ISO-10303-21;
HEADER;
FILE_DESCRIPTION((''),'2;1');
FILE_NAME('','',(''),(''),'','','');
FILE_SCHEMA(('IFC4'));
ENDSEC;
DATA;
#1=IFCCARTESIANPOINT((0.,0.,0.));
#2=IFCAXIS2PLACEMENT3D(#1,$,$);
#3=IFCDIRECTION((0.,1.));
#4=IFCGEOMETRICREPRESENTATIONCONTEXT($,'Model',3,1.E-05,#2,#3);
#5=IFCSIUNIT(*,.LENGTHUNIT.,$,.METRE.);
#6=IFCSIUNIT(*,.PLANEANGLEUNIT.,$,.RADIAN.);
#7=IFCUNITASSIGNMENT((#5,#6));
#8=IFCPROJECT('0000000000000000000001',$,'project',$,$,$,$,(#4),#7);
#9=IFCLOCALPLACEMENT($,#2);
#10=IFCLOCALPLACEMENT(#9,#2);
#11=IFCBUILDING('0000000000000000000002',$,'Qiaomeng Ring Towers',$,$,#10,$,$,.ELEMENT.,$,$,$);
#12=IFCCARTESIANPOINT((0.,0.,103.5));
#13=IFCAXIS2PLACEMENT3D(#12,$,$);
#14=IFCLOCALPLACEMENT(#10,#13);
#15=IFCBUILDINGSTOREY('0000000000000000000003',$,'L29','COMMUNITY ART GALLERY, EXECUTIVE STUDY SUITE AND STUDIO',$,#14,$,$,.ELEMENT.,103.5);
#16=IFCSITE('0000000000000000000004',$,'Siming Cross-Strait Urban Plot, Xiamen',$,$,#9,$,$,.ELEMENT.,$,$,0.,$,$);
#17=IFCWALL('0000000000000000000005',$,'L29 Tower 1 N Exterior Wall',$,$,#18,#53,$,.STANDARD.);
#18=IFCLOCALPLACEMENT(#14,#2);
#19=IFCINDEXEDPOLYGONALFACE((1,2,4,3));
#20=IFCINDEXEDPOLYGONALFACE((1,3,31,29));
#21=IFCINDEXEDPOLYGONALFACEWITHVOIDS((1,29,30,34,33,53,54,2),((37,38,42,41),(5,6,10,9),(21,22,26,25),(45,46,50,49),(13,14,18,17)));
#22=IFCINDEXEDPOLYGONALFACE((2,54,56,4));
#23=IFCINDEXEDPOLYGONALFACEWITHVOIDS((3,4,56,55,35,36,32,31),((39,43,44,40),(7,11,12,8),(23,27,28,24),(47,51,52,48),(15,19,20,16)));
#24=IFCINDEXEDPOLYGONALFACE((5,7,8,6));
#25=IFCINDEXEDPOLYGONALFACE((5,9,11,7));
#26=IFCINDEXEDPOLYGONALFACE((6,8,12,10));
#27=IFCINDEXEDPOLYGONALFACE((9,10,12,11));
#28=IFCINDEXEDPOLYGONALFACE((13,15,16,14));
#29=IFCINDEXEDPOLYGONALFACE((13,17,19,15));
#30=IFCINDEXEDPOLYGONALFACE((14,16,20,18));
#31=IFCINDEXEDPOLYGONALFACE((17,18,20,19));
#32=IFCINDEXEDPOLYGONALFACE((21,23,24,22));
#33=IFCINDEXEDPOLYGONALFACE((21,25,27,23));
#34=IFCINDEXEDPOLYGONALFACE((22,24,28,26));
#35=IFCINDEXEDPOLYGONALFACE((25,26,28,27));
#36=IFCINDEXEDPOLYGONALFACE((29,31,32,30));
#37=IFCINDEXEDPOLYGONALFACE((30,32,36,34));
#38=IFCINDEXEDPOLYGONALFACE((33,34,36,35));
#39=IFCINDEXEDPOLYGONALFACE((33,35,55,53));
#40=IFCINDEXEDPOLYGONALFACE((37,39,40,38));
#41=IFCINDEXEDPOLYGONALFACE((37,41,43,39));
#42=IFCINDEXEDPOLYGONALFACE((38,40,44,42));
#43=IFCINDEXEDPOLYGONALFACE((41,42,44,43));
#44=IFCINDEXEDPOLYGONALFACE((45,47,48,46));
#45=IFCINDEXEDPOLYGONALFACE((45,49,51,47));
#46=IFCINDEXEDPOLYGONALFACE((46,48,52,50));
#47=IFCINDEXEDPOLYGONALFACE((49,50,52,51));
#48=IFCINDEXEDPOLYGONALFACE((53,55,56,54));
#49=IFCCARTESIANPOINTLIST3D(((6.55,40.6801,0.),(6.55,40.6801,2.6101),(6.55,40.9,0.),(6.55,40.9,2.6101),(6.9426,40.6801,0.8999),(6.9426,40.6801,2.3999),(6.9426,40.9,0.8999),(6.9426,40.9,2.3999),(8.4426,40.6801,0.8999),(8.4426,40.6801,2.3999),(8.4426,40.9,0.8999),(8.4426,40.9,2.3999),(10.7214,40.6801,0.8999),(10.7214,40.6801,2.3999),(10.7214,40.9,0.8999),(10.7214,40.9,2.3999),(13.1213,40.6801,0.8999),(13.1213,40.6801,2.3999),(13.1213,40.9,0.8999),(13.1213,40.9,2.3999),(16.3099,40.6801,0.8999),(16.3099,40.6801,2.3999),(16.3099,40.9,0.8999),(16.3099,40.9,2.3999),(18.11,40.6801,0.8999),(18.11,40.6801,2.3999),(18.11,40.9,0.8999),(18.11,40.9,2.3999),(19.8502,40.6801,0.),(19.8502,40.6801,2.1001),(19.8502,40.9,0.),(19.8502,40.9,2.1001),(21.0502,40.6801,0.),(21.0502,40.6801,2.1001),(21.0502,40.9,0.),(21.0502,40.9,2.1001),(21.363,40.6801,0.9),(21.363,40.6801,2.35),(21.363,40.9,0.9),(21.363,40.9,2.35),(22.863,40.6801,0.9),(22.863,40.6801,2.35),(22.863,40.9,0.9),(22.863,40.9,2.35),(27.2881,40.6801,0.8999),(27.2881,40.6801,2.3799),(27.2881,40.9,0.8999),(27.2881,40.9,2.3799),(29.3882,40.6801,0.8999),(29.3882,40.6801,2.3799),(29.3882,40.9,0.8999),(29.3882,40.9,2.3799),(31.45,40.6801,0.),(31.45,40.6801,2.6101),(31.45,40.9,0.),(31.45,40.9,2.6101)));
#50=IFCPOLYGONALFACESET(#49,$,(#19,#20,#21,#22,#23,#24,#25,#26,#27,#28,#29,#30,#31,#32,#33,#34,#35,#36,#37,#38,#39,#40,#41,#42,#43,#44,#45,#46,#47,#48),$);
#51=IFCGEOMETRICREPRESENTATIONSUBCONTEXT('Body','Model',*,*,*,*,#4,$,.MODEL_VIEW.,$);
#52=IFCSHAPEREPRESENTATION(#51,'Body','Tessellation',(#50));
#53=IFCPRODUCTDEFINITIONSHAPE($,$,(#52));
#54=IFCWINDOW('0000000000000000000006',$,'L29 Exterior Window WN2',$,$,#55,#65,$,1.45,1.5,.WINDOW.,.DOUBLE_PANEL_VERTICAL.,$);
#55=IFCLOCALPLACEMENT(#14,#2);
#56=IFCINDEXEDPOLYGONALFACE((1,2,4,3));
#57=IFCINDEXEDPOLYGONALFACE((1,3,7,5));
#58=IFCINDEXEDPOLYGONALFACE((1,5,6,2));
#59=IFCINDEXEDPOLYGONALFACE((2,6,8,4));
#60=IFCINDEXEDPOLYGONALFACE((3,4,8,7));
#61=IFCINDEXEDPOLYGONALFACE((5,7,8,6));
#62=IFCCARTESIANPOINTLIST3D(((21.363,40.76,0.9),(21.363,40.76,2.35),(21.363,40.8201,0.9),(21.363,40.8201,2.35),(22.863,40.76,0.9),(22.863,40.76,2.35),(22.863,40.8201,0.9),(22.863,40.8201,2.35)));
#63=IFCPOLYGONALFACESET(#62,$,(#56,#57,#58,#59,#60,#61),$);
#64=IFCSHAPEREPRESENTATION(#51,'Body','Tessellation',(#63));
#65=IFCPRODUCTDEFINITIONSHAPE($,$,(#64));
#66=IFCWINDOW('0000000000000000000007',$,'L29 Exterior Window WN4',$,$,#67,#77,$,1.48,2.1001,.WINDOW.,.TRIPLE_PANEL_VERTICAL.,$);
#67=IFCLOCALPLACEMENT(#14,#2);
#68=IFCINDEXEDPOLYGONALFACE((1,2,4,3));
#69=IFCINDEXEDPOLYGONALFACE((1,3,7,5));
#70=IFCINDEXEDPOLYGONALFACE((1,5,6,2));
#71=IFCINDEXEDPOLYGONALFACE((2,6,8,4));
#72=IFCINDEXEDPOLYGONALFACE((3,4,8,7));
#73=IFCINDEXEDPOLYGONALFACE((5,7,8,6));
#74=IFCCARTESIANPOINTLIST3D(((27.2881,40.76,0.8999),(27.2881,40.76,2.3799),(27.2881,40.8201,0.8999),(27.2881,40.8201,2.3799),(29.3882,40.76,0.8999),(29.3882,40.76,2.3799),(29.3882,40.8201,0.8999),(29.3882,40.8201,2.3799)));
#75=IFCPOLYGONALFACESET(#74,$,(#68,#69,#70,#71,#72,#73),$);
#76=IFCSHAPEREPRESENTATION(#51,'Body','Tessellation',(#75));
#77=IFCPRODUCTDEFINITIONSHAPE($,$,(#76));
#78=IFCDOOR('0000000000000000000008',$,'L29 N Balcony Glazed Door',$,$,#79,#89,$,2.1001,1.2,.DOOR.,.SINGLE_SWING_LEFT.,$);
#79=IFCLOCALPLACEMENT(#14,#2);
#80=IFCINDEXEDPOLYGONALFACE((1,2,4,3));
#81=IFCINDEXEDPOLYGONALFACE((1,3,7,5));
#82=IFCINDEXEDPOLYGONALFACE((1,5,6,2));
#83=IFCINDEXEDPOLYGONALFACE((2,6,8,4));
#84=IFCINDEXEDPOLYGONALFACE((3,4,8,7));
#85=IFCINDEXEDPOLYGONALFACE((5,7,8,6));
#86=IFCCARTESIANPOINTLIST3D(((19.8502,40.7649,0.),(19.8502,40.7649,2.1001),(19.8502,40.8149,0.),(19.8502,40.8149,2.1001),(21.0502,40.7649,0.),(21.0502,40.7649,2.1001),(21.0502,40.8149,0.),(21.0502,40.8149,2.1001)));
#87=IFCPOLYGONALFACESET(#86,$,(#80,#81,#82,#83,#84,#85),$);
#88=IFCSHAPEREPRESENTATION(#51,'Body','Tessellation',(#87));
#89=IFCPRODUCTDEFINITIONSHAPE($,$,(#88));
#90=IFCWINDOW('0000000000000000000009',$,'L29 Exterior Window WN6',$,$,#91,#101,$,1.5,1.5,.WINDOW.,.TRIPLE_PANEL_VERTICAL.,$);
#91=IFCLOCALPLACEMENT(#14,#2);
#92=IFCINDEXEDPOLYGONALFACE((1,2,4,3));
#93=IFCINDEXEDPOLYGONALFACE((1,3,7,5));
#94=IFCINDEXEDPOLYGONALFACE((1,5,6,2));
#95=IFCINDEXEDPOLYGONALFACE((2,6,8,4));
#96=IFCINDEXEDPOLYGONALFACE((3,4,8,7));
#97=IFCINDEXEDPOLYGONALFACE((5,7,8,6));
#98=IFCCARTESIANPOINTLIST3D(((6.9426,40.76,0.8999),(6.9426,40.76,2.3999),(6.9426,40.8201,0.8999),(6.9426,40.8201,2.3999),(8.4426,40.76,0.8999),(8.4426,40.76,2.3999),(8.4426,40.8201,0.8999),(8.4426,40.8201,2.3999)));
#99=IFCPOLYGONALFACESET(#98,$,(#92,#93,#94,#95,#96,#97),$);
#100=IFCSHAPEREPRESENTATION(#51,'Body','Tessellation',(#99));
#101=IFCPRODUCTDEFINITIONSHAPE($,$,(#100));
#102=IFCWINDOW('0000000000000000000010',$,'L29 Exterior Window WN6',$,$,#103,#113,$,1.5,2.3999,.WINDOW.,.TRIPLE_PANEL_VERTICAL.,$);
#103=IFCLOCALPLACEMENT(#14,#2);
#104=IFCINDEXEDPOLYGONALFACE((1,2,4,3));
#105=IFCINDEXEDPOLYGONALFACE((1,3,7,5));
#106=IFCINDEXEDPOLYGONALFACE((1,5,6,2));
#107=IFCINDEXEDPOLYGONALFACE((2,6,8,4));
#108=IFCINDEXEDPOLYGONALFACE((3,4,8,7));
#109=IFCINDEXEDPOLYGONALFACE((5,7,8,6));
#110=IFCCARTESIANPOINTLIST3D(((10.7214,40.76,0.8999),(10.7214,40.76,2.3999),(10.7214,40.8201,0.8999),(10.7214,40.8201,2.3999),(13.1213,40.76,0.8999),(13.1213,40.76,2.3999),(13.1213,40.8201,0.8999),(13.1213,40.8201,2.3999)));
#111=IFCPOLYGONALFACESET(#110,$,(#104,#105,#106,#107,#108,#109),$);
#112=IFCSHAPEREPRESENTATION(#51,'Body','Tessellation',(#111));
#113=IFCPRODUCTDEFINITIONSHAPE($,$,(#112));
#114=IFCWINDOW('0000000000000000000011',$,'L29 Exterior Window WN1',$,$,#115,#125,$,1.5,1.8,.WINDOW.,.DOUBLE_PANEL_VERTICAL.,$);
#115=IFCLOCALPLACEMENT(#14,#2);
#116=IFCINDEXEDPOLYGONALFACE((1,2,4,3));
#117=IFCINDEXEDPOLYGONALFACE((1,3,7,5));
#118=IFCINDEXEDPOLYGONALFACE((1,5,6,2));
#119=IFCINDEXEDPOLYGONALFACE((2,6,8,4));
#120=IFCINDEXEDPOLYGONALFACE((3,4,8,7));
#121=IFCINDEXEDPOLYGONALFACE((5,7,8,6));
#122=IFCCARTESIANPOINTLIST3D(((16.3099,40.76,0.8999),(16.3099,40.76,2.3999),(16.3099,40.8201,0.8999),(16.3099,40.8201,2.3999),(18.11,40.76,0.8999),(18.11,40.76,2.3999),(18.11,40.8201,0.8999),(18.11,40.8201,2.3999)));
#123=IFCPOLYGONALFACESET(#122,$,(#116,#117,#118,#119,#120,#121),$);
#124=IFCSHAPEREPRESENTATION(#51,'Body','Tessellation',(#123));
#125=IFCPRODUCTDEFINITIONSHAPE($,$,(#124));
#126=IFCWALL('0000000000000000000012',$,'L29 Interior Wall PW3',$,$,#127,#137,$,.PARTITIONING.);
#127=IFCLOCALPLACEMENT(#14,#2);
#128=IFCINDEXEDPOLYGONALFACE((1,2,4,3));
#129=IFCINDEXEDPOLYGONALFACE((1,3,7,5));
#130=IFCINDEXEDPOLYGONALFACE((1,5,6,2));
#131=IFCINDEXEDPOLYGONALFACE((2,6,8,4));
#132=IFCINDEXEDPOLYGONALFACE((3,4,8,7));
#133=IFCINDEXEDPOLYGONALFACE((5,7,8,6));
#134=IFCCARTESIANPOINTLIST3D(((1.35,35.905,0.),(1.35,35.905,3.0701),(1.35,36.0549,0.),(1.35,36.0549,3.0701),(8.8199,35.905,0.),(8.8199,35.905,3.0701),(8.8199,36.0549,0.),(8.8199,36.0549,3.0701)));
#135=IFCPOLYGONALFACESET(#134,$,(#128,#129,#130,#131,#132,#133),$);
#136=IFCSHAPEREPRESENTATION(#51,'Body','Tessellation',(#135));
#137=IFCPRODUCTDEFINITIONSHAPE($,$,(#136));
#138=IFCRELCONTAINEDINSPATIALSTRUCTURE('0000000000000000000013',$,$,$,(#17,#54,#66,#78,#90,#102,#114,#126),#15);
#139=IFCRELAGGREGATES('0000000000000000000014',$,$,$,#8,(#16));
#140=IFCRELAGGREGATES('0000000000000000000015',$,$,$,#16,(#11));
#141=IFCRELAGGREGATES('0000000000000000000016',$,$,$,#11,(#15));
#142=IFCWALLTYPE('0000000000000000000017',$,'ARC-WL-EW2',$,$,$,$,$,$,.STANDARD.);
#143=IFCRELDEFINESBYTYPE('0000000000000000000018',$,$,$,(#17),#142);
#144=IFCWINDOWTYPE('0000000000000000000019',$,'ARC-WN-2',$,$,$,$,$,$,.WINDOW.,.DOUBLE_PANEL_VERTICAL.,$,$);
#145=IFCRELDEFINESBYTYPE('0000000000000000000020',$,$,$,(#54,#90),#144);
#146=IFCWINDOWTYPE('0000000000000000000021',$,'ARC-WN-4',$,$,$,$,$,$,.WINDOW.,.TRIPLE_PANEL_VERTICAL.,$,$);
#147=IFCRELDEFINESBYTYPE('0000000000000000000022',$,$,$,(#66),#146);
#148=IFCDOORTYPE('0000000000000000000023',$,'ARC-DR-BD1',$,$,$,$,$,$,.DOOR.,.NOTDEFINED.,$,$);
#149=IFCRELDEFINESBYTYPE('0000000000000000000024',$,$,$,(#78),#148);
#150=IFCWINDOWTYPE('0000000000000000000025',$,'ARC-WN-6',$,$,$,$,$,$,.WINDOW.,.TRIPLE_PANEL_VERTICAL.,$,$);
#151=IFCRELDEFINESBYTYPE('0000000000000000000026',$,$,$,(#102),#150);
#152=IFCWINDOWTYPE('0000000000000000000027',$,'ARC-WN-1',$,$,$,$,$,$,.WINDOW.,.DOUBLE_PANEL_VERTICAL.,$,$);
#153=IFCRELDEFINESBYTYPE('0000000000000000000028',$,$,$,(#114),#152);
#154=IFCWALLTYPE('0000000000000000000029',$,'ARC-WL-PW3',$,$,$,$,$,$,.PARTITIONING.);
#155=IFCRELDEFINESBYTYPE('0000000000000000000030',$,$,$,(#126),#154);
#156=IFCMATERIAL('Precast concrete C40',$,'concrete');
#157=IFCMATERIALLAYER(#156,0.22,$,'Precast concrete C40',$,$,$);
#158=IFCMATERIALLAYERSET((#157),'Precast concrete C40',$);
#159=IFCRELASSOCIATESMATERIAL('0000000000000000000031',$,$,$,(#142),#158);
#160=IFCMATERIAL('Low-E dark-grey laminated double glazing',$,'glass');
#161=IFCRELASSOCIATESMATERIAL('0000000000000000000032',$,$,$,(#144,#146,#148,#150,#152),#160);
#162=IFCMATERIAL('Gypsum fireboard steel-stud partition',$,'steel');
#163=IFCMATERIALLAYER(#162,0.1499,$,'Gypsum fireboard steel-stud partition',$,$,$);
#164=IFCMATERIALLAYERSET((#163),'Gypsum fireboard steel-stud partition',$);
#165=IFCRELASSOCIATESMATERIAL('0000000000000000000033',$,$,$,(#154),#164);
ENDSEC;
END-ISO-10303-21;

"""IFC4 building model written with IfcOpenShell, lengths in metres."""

from ifc_helpers import new_model, si_unit, direction, frame, frame_2d, origin, place, context, subcontext, project, spatial, rectangle, extrude, source, transform, mapped, material, layer, layer_set, type_object, element, fill, save


model = new_model("IFC4")

# Units and contexts
model_context = context("Model", 3, precision=1e-05, world=origin(), true_north=direction((0.0, 1.0)))
body_context = subcontext(model_context, "Body", "Model", "MODEL_VIEW")
ifc_project = project(units=[si_unit("LENGTHUNIT", "METRE"), si_unit("PLANEANGLEUNIT", "RADIAN")], contexts=[model_context])

# Site, building, storey
site_placement = place(None, origin())
site = spatial("IfcSite", under=ifc_project, at=site_placement, Name="Siming Cross-Strait Urban Plot, Xiamen", CompositionType="ELEMENT", RefElevation=0.0)
building_placement = place(site_placement, origin())
building = spatial("IfcBuilding", under=site, at=building_placement, Name="Qiaomeng Ring Towers", CompositionType="ELEMENT")
storey_placement = place(building_placement, frame((0.0, 0.0, 103.5)))
storey = spatial("IfcBuildingStorey", under=building, at=storey_placement, Name="L29", Description="COMMUNITY ART GALLERY, EXECUTIVE STUDY SUITE AND STUDIO", CompositionType="ELEMENT", Elevation=103.5)

# Shared definitions
ifc_material_1 = material(Name="Low-E dark-grey laminated double glazing", Category="glass")

# Wall, openings, windows, door
ifc_material_2 = material(Name="Precast concrete C40", Category="concrete")
ifc_layer_1 = layer(ifc_material_2, 0.22, Name="Precast concrete C40")
ifc_layer_set_1 = layer_set([ifc_layer_1], Name="Precast concrete C40")
wall_type_1 = type_object("IfcWallType", Name="ARC-WL-EW2", PredefinedType="STANDARD", material=ifc_layer_set_1)
wall_1_placement = place(storey_placement, frame((6.55, 40.79, 0.0), z_axis=(0.0, 0.0, 1.0), x_axis=(1.0, 0.0, 0.0)))
wall_1 = element("IfcWall", 1, at=wall_1_placement, inside=storey, type_object=wall_type_1, Name="L29 Tower 1 N Exterior Wall", PredefinedType="STANDARD", context=body_context, shape_type="SweptSolid", body=[
    extrude(rectangle(XDim=24.8999, YDim=0.22, at=frame_2d((12.45, 0.0))), origin(), (0.0, 0.0, 1.0), 2.6101),
])
opening_1_placement = place(wall_1_placement, frame((13.3, 0.0, 0.0)))
opening_1 = element("IfcOpeningElement", 2, at=opening_1_placement, cuts=wall_1, PredefinedType="OPENING", context=body_context, shape_type="SweptSolid", body=[
    extrude(rectangle(XDim=1.2, YDim=2.1001, at=frame_2d((0.6001, 1.05))), frame((0.0, 0.1199, 0.0), z_axis=(0.0, -1.0, 0.0), x_axis=(1.0, 0.0, 0.0)), (0.0, 0.0, 1.0), 0.24),
])
opening_2_placement = place(wall_1_placement, frame((0.3926, 0.0, 0.8999)))
opening_2 = element("IfcOpeningElement", 3, at=opening_2_placement, cuts=wall_1, PredefinedType="OPENING", context=body_context, shape_type="SweptSolid", body=[
    extrude(rectangle(XDim=1.5, YDim=1.5, at=frame_2d((0.75, 0.75))), frame((0.0, 0.1199, 0.0), z_axis=(0.0, -1.0, 0.0), x_axis=(1.0, 0.0, 0.0)), (0.0, 0.0, 1.0), 0.24),
])
opening_3_placement = place(wall_1_placement, frame((9.76, 0.0, 0.8999)))
opening_3 = element("IfcOpeningElement", 4, at=opening_3_placement, cuts=wall_1, PredefinedType="OPENING", context=body_context, shape_type="SweptSolid", body=[
    extrude(rectangle(XDim=1.8, YDim=1.5, at=frame_2d((0.8999, 0.75))), frame((0.0, 0.1199, 0.0), z_axis=(0.0, -1.0, 0.0), x_axis=(1.0, 0.0, 0.0)), (0.0, 0.0, 1.0), 0.24),
])
opening_4_placement = place(wall_1_placement, frame((14.813, 0.0, 0.8999)))
opening_4 = element("IfcOpeningElement", 5, at=opening_4_placement, cuts=wall_1, PredefinedType="OPENING", context=body_context, shape_type="SweptSolid", body=[
    extrude(rectangle(XDim=1.5, YDim=1.45, at=frame_2d((0.75, 0.7251))), frame((0.0, 0.1199, 0.0), z_axis=(0.0, -1.0, 0.0), x_axis=(1.0, 0.0, 0.0)), (0.0, 0.0, 1.0), 0.24),
])
opening_5_placement = place(wall_1_placement, frame((20.738, 0.0, 0.8999)))
opening_5 = element("IfcOpeningElement", 6, at=opening_5_placement, cuts=wall_1, PredefinedType="OPENING", context=body_context, shape_type="SweptSolid", body=[
    extrude(rectangle(XDim=2.1001, YDim=1.48, at=frame_2d((1.05, 0.74))), frame((0.0, 0.1199, 0.0), z_axis=(0.0, -1.0, 0.0), x_axis=(1.0, 0.0, 0.0)), (0.0, 0.0, 1.0), 0.24),
])
opening_6_placement = place(wall_1_placement, frame((4.1714, 0.0, 0.8999)))
opening_6 = element("IfcOpeningElement", 7, at=opening_6_placement, cuts=wall_1, PredefinedType="OPENING", context=body_context, shape_type="SweptSolid", body=[
    extrude(rectangle(XDim=2.3999, YDim=1.5, at=frame_2d((1.2, 0.75))), frame((0.0, 0.1199, 0.0), z_axis=(0.0, -1.0, 0.0), x_axis=(1.0, 0.0, 0.0)), (0.0, 0.0, 1.0), 0.24),
])
window_type_1 = type_object("IfcWindowType", Name="ARC-WN-2", PartitioningType="DOUBLE_PANEL_VERTICAL", PredefinedType="WINDOW", material=ifc_material_1)
shared_shape_1 = source(origin(), body_context, "Body", "SweptSolid", [
    extrude(rectangle(XDim=1.5, YDim=1.45, at=frame_2d((0.75, 0.7251))), frame((0.0, 0.03, 0.0), z_axis=(0.0, -1.0, 0.0), x_axis=(1.0, 0.0, 0.0)), (0.0, 0.0, 1.0), 0.0601),
])
window_1_placement = place(opening_4_placement, origin())
window_1 = element("IfcWindow", 8, at=window_1_placement, inside=storey, type_object=window_type_1, Name="L29 Exterior Window WN2", OverallHeight=1.45, OverallWidth=1.5, PartitioningType="DOUBLE_PANEL_VERTICAL", PredefinedType="WINDOW", context=body_context, shape_type="MappedRepresentation", body=[
    mapped(shared_shape_1, transform((0.0, 0.0, 0.0), x_axis=(1.0, 0.0, 0.0), y_axis=(0.0, 1.0, 0.0), z_axis=(0.0, 0.0, 1.0), scale=1.0)),
])
fill(opening_4, window_1)
window_type_2 = type_object("IfcWindowType", Name="ARC-WN-4", PartitioningType="TRIPLE_PANEL_VERTICAL", PredefinedType="WINDOW", material=ifc_material_1)
shared_shape_2 = source(origin(), body_context, "Body", "SweptSolid", [
    extrude(rectangle(XDim=2.1001, YDim=1.48, at=frame_2d((1.05, 0.74))), frame((0.0, 0.03, 0.0), z_axis=(0.0, -1.0, 0.0), x_axis=(1.0, 0.0, 0.0)), (0.0, 0.0, 1.0), 0.0601),
])
window_2_placement = place(opening_5_placement, origin())
window_2 = element("IfcWindow", 9, at=window_2_placement, inside=storey, type_object=window_type_2, Name="L29 Exterior Window WN4", OverallHeight=1.48, OverallWidth=2.1001, PartitioningType="TRIPLE_PANEL_VERTICAL", PredefinedType="WINDOW", context=body_context, shape_type="MappedRepresentation", body=[
    mapped(shared_shape_2, transform((0.0, 0.0, 0.0), x_axis=(1.0, 0.0, 0.0), y_axis=(0.0, 1.0, 0.0), z_axis=(0.0, 0.0, 1.0), scale=1.0)),
])
fill(opening_5, window_2)
door_type = type_object("IfcDoorType", Name="ARC-DR-BD1", OperationType="NOTDEFINED", PredefinedType="DOOR", material=ifc_material_1)
shared_shape_3 = source(origin(), body_context, "Body", "SweptSolid", [
    extrude(rectangle(XDim=1.2, YDim=2.1001, at=frame_2d((0.6001, 1.05))), frame((0.0, 0.0249, 0.0), z_axis=(0.0, -1.0, 0.0), x_axis=(1.0, 0.0, 0.0)), (0.0, 0.0, 1.0), 0.05),
])
door_placement = place(opening_1_placement, origin())
door = element("IfcDoor", 10, at=door_placement, inside=storey, type_object=door_type, Name="L29 N Balcony Glazed Door", OperationType="SINGLE_SWING_LEFT", OverallHeight=2.1001, OverallWidth=1.2, PredefinedType="DOOR", context=body_context, shape_type="MappedRepresentation", body=[
    mapped(shared_shape_3, transform((0.0, 0.0, 0.0), x_axis=(1.0, 0.0, 0.0), y_axis=(0.0, 1.0, 0.0), z_axis=(0.0, 0.0, 1.0), scale=1.0)),
])
fill(opening_1, door)
shared_shape_4 = source(origin(), body_context, "Body", "SweptSolid", [
    extrude(rectangle(XDim=1.5, YDim=1.5, at=frame_2d((0.75, 0.75))), frame((0.0, 0.03, 0.0), z_axis=(0.0, -1.0, 0.0), x_axis=(1.0, 0.0, 0.0)), (0.0, 0.0, 1.0), 0.0601),
])
window_3_placement = place(opening_2_placement, origin())
window_3 = element("IfcWindow", 11, at=window_3_placement, inside=storey, type_object=window_type_1, Name="L29 Exterior Window WN6", OverallHeight=1.5, OverallWidth=1.5, PartitioningType="TRIPLE_PANEL_VERTICAL", PredefinedType="WINDOW", context=body_context, shape_type="MappedRepresentation", body=[
    mapped(shared_shape_4, transform((0.0, 0.0, 0.0), x_axis=(1.0, 0.0, 0.0), y_axis=(0.0, 1.0, 0.0), z_axis=(0.0, 0.0, 1.0), scale=1.0)),
])
fill(opening_2, window_3)
window_type_3 = type_object("IfcWindowType", Name="ARC-WN-6", PartitioningType="TRIPLE_PANEL_VERTICAL", PredefinedType="WINDOW", material=ifc_material_1)
shared_shape_5 = source(origin(), body_context, "Body", "SweptSolid", [
    extrude(rectangle(XDim=2.3999, YDim=1.5, at=frame_2d((1.2, 0.75))), frame((0.0, 0.03, 0.0), z_axis=(0.0, -1.0, 0.0), x_axis=(1.0, 0.0, 0.0)), (0.0, 0.0, 1.0), 0.0601),
])
window_4_placement = place(opening_6_placement, origin())
window_4 = element("IfcWindow", 12, at=window_4_placement, inside=storey, type_object=window_type_3, Name="L29 Exterior Window WN6", OverallHeight=1.5, OverallWidth=2.3999, PartitioningType="TRIPLE_PANEL_VERTICAL", PredefinedType="WINDOW", context=body_context, shape_type="MappedRepresentation", body=[
    mapped(shared_shape_5, transform((0.0, 0.0, 0.0), x_axis=(1.0, 0.0, 0.0), y_axis=(0.0, 1.0, 0.0), z_axis=(0.0, 0.0, 1.0), scale=1.0)),
])
fill(opening_6, window_4)
window_type_4 = type_object("IfcWindowType", Name="ARC-WN-1", PartitioningType="DOUBLE_PANEL_VERTICAL", PredefinedType="WINDOW", material=ifc_material_1)
shared_shape_6 = source(origin(), body_context, "Body", "SweptSolid", [
    extrude(rectangle(XDim=1.8, YDim=1.5, at=frame_2d((0.8999, 0.75))), frame((0.0, 0.03, 0.0), z_axis=(0.0, -1.0, 0.0), x_axis=(1.0, 0.0, 0.0)), (0.0, 0.0, 1.0), 0.0601),
])
window_5_placement = place(opening_3_placement, origin())
window_5 = element("IfcWindow", 13, at=window_5_placement, inside=storey, type_object=window_type_4, Name="L29 Exterior Window WN1", OverallHeight=1.5, OverallWidth=1.8, PartitioningType="DOUBLE_PANEL_VERTICAL", PredefinedType="WINDOW", context=body_context, shape_type="MappedRepresentation", body=[
    mapped(shared_shape_6, transform((0.0, 0.0, 0.0), x_axis=(1.0, 0.0, 0.0), y_axis=(0.0, 1.0, 0.0), z_axis=(0.0, 0.0, 1.0), scale=1.0)),
])
fill(opening_3, window_5)

# Wall
ifc_material_3 = material(Name="Gypsum fireboard steel-stud partition", Category="steel")
ifc_layer_2 = layer(ifc_material_3, 0.1499, Name="Gypsum fireboard steel-stud partition")
ifc_layer_set_2 = layer_set([ifc_layer_2], Name="Gypsum fireboard steel-stud partition")
wall_type_2 = type_object("IfcWallType", Name="ARC-WL-PW3", PredefinedType="PARTITIONING", material=ifc_layer_set_2)
wall_2_placement = place(storey_placement, frame((1.3501, 35.98, 0.0), z_axis=(0.0, 0.0, 1.0), x_axis=(1.0, 0.0, 0.0)))
element("IfcWall", 14, at=wall_2_placement, inside=storey, type_object=wall_type_2, Name="L29 Interior Wall PW3", PredefinedType="PARTITIONING", context=body_context, shape_type="SweptSolid", body=[
    extrude(rectangle(XDim=7.47, YDim=0.1499, at=frame_2d((3.7349, 0.0))), origin(), (0.0, 0.0, 1.0), 3.0701),
])

save(model, "model.ifc")
